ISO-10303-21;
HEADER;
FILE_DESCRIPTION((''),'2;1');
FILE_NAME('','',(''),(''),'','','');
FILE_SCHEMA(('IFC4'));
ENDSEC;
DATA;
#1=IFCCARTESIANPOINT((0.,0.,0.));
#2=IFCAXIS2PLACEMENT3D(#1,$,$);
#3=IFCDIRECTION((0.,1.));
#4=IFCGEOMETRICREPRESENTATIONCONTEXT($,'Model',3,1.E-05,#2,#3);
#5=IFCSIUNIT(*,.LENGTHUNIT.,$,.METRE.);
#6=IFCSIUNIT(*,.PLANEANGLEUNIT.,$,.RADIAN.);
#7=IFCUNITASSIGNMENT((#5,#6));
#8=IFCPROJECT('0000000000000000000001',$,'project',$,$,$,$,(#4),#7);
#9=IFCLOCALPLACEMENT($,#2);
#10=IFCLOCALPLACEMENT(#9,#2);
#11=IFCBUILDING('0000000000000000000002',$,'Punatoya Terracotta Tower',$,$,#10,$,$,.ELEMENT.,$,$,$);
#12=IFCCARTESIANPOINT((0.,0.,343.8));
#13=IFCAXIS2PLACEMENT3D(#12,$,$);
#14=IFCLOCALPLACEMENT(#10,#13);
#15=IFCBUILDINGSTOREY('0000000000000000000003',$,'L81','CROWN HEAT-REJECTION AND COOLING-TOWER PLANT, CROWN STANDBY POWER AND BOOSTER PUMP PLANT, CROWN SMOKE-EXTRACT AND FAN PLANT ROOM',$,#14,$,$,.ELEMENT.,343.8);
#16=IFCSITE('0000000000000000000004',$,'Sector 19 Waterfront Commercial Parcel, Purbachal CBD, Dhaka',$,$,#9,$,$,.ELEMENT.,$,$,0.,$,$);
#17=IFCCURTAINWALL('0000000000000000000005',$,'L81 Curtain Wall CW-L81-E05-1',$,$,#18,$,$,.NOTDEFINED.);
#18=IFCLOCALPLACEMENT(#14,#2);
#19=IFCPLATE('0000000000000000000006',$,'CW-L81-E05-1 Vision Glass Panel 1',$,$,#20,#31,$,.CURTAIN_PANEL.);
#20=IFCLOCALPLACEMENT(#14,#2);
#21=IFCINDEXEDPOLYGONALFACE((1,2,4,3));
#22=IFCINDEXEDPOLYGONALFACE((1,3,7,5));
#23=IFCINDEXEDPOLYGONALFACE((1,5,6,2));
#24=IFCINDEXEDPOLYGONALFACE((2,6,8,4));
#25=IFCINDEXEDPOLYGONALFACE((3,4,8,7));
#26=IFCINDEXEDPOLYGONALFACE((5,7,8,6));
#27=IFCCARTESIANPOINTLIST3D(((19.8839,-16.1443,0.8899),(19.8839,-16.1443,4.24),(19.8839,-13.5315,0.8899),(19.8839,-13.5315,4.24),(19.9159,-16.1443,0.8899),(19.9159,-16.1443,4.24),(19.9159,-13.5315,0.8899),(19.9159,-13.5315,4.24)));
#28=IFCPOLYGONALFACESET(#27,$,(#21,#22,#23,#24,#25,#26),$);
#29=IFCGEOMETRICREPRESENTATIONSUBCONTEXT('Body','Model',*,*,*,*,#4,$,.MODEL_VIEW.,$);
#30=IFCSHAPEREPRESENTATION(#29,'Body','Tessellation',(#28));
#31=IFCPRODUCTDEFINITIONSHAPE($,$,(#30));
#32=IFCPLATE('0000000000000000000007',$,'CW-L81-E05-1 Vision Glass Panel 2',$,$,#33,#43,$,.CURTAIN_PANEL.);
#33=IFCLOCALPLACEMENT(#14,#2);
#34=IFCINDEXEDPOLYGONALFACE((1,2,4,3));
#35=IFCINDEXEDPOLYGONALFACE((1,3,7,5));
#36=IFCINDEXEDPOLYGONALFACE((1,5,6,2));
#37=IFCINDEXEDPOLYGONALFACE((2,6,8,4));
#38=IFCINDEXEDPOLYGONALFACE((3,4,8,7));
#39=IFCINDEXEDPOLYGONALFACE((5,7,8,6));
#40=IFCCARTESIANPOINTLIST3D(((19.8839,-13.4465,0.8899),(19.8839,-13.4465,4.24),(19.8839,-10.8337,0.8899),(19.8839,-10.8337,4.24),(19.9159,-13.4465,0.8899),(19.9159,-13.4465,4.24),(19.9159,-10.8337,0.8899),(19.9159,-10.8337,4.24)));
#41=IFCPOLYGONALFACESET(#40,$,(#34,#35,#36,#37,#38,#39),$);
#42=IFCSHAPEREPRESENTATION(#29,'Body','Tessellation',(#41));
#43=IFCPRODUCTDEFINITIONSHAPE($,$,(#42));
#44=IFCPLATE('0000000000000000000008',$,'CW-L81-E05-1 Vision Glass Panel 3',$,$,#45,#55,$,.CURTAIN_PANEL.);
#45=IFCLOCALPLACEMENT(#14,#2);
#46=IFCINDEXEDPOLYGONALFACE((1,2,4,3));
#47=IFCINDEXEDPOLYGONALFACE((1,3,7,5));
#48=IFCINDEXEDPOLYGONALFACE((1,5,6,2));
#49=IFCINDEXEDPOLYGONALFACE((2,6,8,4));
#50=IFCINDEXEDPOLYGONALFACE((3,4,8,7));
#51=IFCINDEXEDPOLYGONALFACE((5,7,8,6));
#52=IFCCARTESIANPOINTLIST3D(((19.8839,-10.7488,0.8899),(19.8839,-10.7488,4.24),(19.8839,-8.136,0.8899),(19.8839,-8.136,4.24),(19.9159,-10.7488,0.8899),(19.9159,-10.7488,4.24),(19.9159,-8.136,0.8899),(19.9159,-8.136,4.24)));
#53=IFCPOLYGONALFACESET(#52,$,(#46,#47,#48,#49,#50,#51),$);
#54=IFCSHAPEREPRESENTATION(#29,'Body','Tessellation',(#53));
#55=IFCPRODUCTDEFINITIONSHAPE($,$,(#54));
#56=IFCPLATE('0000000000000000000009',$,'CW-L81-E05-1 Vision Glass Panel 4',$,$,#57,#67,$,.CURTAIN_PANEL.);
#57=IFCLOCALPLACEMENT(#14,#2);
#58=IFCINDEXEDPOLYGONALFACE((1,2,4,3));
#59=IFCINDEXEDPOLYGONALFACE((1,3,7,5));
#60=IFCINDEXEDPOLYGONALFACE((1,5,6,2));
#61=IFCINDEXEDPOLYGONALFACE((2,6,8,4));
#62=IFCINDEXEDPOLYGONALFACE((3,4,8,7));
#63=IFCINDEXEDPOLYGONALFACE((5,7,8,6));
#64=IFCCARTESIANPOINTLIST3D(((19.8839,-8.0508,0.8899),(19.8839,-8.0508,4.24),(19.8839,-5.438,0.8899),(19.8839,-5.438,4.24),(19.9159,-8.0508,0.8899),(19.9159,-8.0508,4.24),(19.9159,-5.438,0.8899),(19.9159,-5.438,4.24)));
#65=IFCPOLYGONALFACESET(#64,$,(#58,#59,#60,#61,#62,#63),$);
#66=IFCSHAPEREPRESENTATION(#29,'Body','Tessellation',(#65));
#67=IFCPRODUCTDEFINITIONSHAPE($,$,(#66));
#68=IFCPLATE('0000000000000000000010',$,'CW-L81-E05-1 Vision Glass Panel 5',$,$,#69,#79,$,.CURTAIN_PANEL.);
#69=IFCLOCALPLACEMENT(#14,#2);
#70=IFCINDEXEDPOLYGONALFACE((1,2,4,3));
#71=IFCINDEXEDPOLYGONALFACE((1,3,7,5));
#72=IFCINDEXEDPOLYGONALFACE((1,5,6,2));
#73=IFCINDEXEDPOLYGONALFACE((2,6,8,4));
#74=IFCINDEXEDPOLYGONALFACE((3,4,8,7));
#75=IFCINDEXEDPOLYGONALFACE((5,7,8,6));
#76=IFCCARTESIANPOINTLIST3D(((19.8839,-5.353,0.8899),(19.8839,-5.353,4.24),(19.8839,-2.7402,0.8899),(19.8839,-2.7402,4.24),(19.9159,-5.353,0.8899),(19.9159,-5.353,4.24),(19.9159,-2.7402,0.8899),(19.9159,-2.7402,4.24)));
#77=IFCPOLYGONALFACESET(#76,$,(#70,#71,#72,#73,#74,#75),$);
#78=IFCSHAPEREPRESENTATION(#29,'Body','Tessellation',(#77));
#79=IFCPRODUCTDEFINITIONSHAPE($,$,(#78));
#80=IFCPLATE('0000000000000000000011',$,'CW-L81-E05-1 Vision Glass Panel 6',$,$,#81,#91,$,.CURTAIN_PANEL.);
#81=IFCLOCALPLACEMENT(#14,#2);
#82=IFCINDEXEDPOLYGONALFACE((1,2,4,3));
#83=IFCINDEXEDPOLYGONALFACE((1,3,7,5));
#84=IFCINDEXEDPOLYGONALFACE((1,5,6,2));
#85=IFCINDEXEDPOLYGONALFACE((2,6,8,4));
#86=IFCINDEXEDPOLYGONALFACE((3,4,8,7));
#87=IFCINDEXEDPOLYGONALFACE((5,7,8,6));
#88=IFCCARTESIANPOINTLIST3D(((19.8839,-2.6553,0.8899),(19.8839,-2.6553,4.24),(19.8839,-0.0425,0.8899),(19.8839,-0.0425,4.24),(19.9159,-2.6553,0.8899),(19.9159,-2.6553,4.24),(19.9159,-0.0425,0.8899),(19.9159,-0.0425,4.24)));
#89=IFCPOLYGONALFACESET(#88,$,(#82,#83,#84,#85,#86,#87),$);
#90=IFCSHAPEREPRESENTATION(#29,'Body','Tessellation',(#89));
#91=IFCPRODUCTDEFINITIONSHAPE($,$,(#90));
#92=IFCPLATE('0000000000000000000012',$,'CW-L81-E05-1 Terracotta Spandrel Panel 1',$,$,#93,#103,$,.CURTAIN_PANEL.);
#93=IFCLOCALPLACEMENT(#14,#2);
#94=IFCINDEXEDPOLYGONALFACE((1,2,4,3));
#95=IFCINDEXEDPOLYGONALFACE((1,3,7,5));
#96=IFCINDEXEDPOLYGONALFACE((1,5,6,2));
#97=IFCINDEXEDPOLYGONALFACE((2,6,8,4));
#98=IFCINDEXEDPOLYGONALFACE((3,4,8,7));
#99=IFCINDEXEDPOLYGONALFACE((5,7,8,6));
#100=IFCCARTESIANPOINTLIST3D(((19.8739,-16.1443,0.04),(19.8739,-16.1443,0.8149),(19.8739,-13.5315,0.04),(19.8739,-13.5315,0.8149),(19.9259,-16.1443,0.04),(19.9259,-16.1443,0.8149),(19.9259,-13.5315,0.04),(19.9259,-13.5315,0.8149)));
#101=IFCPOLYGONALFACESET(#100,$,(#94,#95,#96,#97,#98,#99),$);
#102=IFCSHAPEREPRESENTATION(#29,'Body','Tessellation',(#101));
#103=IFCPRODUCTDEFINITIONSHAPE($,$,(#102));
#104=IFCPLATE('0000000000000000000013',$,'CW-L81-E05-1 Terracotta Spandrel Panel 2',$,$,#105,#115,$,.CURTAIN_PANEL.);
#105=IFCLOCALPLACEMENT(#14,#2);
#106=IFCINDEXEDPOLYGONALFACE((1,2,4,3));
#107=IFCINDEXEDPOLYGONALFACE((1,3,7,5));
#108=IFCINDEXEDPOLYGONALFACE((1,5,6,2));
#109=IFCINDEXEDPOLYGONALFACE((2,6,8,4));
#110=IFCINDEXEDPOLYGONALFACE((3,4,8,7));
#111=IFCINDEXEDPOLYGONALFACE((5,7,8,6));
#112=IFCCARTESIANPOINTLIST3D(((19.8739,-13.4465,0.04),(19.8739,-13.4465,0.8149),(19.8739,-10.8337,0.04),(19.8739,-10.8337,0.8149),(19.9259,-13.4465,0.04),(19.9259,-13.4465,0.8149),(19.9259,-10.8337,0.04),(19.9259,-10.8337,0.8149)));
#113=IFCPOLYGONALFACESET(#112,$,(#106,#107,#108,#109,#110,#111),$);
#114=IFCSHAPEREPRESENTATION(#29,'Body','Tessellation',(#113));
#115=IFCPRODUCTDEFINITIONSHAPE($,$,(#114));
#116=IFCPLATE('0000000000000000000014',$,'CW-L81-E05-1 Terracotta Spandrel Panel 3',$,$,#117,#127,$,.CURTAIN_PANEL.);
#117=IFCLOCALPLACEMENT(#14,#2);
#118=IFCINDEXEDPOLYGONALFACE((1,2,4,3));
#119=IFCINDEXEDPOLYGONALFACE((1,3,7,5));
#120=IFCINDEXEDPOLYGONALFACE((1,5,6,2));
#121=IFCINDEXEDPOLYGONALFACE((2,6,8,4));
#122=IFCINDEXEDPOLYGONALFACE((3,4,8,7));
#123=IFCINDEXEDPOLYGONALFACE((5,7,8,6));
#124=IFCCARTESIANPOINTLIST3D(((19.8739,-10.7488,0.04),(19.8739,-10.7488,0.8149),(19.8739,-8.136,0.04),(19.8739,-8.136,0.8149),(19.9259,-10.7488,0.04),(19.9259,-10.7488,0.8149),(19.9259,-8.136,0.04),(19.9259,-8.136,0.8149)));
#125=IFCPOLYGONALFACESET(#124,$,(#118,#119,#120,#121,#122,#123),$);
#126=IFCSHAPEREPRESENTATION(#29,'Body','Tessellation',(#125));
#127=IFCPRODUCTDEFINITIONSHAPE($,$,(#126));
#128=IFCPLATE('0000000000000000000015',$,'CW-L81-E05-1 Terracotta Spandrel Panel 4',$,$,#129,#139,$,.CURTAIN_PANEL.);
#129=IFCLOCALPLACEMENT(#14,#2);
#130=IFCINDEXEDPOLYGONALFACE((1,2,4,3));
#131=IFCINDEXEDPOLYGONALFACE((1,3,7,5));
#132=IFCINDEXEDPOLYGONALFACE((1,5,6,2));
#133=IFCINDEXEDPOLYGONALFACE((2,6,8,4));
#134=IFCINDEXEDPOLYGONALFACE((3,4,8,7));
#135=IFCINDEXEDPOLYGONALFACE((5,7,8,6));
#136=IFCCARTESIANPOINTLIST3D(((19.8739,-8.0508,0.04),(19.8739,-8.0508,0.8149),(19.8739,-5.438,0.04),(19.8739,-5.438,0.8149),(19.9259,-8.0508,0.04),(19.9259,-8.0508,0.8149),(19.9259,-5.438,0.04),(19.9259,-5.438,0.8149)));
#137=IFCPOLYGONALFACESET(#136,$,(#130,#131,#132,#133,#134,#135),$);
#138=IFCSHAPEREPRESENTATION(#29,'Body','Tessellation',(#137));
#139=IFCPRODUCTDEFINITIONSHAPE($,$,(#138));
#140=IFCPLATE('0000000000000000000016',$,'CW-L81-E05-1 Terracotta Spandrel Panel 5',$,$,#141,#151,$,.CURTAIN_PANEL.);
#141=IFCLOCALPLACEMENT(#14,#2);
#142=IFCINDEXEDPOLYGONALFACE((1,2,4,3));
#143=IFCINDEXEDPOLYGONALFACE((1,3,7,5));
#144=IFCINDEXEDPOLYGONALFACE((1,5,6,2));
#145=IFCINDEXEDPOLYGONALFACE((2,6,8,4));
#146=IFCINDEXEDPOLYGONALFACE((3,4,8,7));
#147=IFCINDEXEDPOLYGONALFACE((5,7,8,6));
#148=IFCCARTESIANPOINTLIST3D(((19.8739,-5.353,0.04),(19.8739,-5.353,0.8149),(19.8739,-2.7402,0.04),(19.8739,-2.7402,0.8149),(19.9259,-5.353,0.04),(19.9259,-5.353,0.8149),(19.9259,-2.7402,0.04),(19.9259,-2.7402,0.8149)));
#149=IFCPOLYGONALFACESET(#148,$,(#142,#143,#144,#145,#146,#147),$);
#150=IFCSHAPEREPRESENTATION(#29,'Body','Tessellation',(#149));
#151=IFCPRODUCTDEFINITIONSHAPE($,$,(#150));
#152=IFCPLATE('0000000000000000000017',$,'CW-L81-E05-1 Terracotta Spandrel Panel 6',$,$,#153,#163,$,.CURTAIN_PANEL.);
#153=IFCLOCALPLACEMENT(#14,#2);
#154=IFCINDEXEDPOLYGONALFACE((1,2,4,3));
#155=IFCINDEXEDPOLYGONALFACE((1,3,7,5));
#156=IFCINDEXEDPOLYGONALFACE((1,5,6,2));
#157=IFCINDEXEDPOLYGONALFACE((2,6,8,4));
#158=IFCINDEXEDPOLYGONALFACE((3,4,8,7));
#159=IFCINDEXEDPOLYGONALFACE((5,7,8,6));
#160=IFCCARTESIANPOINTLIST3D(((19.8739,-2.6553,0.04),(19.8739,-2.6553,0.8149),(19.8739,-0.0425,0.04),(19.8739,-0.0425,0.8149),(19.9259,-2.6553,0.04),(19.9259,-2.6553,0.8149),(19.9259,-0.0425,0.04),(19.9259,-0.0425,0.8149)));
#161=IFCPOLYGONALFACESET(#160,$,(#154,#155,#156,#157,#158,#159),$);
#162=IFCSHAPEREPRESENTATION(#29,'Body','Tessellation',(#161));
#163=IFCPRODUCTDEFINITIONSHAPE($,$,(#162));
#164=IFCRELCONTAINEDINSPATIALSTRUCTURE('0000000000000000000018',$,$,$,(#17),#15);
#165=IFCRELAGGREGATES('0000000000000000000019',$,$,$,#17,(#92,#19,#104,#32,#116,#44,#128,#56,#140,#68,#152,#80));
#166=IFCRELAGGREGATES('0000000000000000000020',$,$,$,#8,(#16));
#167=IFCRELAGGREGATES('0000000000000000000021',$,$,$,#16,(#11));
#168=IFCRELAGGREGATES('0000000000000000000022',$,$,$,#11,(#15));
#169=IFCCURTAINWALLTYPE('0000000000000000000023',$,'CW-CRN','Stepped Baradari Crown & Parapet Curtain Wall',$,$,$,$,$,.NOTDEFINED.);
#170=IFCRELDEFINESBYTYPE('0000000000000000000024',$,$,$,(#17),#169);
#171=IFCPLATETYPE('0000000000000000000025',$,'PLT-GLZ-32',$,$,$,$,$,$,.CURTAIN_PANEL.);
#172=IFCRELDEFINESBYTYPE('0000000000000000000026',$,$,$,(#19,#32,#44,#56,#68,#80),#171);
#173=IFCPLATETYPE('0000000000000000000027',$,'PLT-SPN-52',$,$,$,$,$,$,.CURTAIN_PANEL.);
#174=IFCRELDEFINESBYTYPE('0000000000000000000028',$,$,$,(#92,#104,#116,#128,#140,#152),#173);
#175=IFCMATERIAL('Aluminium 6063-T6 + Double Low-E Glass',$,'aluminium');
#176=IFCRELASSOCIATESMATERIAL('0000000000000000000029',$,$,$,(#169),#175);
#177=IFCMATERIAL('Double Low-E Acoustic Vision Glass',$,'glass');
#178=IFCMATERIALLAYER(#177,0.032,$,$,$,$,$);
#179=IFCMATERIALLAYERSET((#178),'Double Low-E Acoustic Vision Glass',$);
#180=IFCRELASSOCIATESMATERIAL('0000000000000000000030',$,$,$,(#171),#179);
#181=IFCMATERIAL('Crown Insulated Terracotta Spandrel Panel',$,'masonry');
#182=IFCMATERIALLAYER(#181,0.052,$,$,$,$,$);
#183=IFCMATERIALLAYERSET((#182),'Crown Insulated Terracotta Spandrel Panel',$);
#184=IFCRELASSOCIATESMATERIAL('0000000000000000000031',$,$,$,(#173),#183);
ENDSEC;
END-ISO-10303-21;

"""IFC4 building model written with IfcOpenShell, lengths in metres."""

from ifc_helpers import new_model, si_unit, direction, frame, origin, origin_2d, place, context, subcontext, project, spatial, rectangle, extrude, material, layer, layer_set, type_object, element, aggregate, save


model = new_model("IFC4")

# Units and contexts
model_context = context("Model", 3, precision=1e-05, world=origin(), true_north=direction((0.0, 1.0)))
body_context = subcontext(model_context, "Body", "Model", "MODEL_VIEW")
ifc_project = project(units=[si_unit("LENGTHUNIT", "METRE"), si_unit("PLANEANGLEUNIT", "RADIAN")], contexts=[model_context])

# Site, building, storey
site_placement = place(None, origin())
site = spatial("IfcSite", under=ifc_project, at=site_placement, Name="Sector 19 Waterfront Commercial Parcel, Purbachal CBD, Dhaka", CompositionType="ELEMENT", RefElevation=0.0)
building_placement = place(site_placement, origin())
building = spatial("IfcBuilding", under=site, at=building_placement, Name="Punatoya Terracotta Tower", CompositionType="ELEMENT")
storey_placement = place(building_placement, frame((0.0, 0.0, 343.8)))
storey = spatial("IfcBuildingStorey", under=building, at=storey_placement, Name="L81", Description="CROWN HEAT-REJECTION AND COOLING-TOWER PLANT, CROWN STANDBY POWER AND BOOSTER PUMP PLANT, CROWN SMOKE-EXTRACT AND FAN PLANT ROOM", CompositionType="ELEMENT", Elevation=343.8)

# Curtain wall, plates
ifc_material_1 = material(Name="Aluminium 6063-T6 + Double Low-E Glass", Category="aluminium")
curtain_wall_type = type_object("IfcCurtainWallType", Name="CW-CRN", Description="Stepped Baradari Crown & Parapet Curtain Wall", PredefinedType="NOTDEFINED", material=ifc_material_1)
curtain_wall_placement = place(storey_placement, origin())
curtain_wall = element("IfcCurtainWall", 1, at=curtain_wall_placement, inside=storey, type_object=curtain_wall_type, Name="L81 Curtain Wall CW-L81-E05-1", PredefinedType="NOTDEFINED")
ifc_material_2 = material(Name="Double Low-E Acoustic Vision Glass", Category="glass")
ifc_layer_1 = layer(ifc_material_2, 0.032)
ifc_layer_set_1 = layer_set([ifc_layer_1], Name="Double Low-E Acoustic Vision Glass")
plate_type_1 = type_object("IfcPlateType", Name="PLT-GLZ-32", PredefinedType="CURTAIN_PANEL", material=ifc_layer_set_1)
plate_1_placement = place(storey_placement, frame((19.8999, -14.8379, 0.8899), z_axis=(0.0, 0.0, 1.0), x_axis=(0.0, 1.0, 0.0)))
plate_1 = element("IfcPlate", 2, at=plate_1_placement, type_object=plate_type_1, Name="CW-L81-E05-1 Vision Glass Panel 1", PredefinedType="CURTAIN_PANEL", context=body_context, shape_type="SweptSolid", body=[
    extrude(rectangle(XDim=2.6128, YDim=0.032, at=origin_2d()), origin(), (0.0, 0.0, 1.0), 3.3501),
])
plate_2_placement = place(storey_placement, frame((19.8999, -12.1401, 0.8899), z_axis=(0.0, 0.0, 1.0), x_axis=(0.0, 1.0, 0.0)))
plate_2 = element("IfcPlate", 3, at=plate_2_placement, type_object=plate_type_1, Name="CW-L81-E05-1 Vision Glass Panel 2", PredefinedType="CURTAIN_PANEL", context=body_context, shape_type="SweptSolid", body=[
    extrude(rectangle(XDim=2.6128, YDim=0.032, at=origin_2d()), origin(), (0.0, 0.0, 1.0), 3.3501),
])
plate_3_placement = place(storey_placement, frame((19.8999, -9.4424, 0.8899), z_axis=(0.0, 0.0, 1.0), x_axis=(0.0, 1.0, 0.0)))
plate_3 = element("IfcPlate", 4, at=plate_3_placement, type_object=plate_type_1, Name="CW-L81-E05-1 Vision Glass Panel 3", PredefinedType="CURTAIN_PANEL", context=body_context, shape_type="SweptSolid", body=[
    extrude(rectangle(XDim=2.6128, YDim=0.032, at=origin_2d()), origin(), (0.0, 0.0, 1.0), 3.3501),
])
plate_4_placement = place(storey_placement, frame((19.8999, -6.7444, 0.8899), z_axis=(0.0, 0.0, 1.0), x_axis=(0.0, 1.0, 0.0)))
plate_4 = element("IfcPlate", 5, at=plate_4_placement, type_object=plate_type_1, Name="CW-L81-E05-1 Vision Glass Panel 4", PredefinedType="CURTAIN_PANEL", context=body_context, shape_type="SweptSolid", body=[
    extrude(rectangle(XDim=2.6128, YDim=0.032, at=origin_2d()), origin(), (0.0, 0.0, 1.0), 3.3501),
])
plate_5_placement = place(storey_placement, frame((19.8999, -4.0466, 0.8899), z_axis=(0.0, 0.0, 1.0), x_axis=(0.0, 1.0, 0.0)))
plate_5 = element("IfcPlate", 6, at=plate_5_placement, type_object=plate_type_1, Name="CW-L81-E05-1 Vision Glass Panel 5", PredefinedType="CURTAIN_PANEL", context=body_context, shape_type="SweptSolid", body=[
    extrude(rectangle(XDim=2.6128, YDim=0.032, at=origin_2d()), origin(), (0.0, 0.0, 1.0), 3.3501),
])
plate_6_placement = place(storey_placement, frame((19.8999, -1.3489, 0.8899), z_axis=(0.0, 0.0, 1.0), x_axis=(0.0, 1.0, 0.0)))
plate_6 = element("IfcPlate", 7, at=plate_6_placement, type_object=plate_type_1, Name="CW-L81-E05-1 Vision Glass Panel 6", PredefinedType="CURTAIN_PANEL", context=body_context, shape_type="SweptSolid", body=[
    extrude(rectangle(XDim=2.6128, YDim=0.032, at=origin_2d()), origin(), (0.0, 0.0, 1.0), 3.3501),
])
ifc_material_3 = material(Name="Crown Insulated Terracotta Spandrel Panel", Category="masonry")
ifc_layer_2 = layer(ifc_material_3, 0.052)
ifc_layer_set_2 = layer_set([ifc_layer_2], Name="Crown Insulated Terracotta Spandrel Panel")
plate_type_2 = type_object("IfcPlateType", Name="PLT-SPN-52", PredefinedType="CURTAIN_PANEL", material=ifc_layer_set_2)
plate_7_placement = place(storey_placement, frame((19.8999, -14.8379, 0.04), z_axis=(0.0, 0.0, 1.0), x_axis=(0.0, 1.0, 0.0)))
plate_7 = element("IfcPlate", 8, at=plate_7_placement, type_object=plate_type_2, Name="CW-L81-E05-1 Terracotta Spandrel Panel 1", PredefinedType="CURTAIN_PANEL", context=body_context, shape_type="SweptSolid", body=[
    extrude(rectangle(XDim=2.6128, YDim=0.052, at=origin_2d()), origin(), (0.0, 0.0, 1.0), 0.7749),
])
plate_8_placement = place(storey_placement, frame((19.8999, -12.1401, 0.04), z_axis=(0.0, 0.0, 1.0), x_axis=(0.0, 1.0, 0.0)))
plate_8 = element("IfcPlate", 9, at=plate_8_placement, type_object=plate_type_2, Name="CW-L81-E05-1 Terracotta Spandrel Panel 2", PredefinedType="CURTAIN_PANEL", context=body_context, shape_type="SweptSolid", body=[
    extrude(rectangle(XDim=2.6128, YDim=0.052, at=origin_2d()), origin(), (0.0, 0.0, 1.0), 0.7749),
])
plate_9_placement = place(storey_placement, frame((19.8999, -9.4424, 0.04), z_axis=(0.0, 0.0, 1.0), x_axis=(0.0, 1.0, 0.0)))
plate_9 = element("IfcPlate", 10, at=plate_9_placement, type_object=plate_type_2, Name="CW-L81-E05-1 Terracotta Spandrel Panel 3", PredefinedType="CURTAIN_PANEL", context=body_context, shape_type="SweptSolid", body=[
    extrude(rectangle(XDim=2.6128, YDim=0.052, at=origin_2d()), origin(), (0.0, 0.0, 1.0), 0.7749),
])
plate_10_placement = place(storey_placement, frame((19.8999, -6.7444, 0.04), z_axis=(0.0, 0.0, 1.0), x_axis=(0.0, 1.0, 0.0)))
plate_10 = element("IfcPlate", 11, at=plate_10_placement, type_object=plate_type_2, Name="CW-L81-E05-1 Terracotta Spandrel Panel 4", PredefinedType="CURTAIN_PANEL", context=body_context, shape_type="SweptSolid", body=[
    extrude(rectangle(XDim=2.6128, YDim=0.052, at=origin_2d()), origin(), (0.0, 0.0, 1.0), 0.7749),
])
plate_11_placement = place(storey_placement, frame((19.8999, -4.0466, 0.04), z_axis=(0.0, 0.0, 1.0), x_axis=(0.0, 1.0, 0.0)))
plate_11 = element("IfcPlate", 12, at=plate_11_placement, type_object=plate_type_2, Name="CW-L81-E05-1 Terracotta Spandrel Panel 5", PredefinedType="CURTAIN_PANEL", context=body_context, shape_type="SweptSolid", body=[
    extrude(rectangle(XDim=2.6128, YDim=0.052, at=origin_2d()), origin(), (0.0, 0.0, 1.0), 0.7749),
])
plate_12_placement = place(storey_placement, frame((19.8999, -1.3489, 0.04), z_axis=(0.0, 0.0, 1.0), x_axis=(0.0, 1.0, 0.0)))
plate_12 = element("IfcPlate", 13, at=plate_12_placement, type_object=plate_type_2, Name="CW-L81-E05-1 Terracotta Spandrel Panel 6", PredefinedType="CURTAIN_PANEL", context=body_context, shape_type="SweptSolid", body=[
    extrude(rectangle(XDim=2.6128, YDim=0.052, at=origin_2d()), origin(), (0.0, 0.0, 1.0), 0.7749),
])
aggregate(curtain_wall, [plate_7, plate_1, plate_8, plate_2, plate_9, plate_3, plate_10, plate_4, plate_11, plate_5, plate_12, plate_6])

save(model, "model.ifc")
